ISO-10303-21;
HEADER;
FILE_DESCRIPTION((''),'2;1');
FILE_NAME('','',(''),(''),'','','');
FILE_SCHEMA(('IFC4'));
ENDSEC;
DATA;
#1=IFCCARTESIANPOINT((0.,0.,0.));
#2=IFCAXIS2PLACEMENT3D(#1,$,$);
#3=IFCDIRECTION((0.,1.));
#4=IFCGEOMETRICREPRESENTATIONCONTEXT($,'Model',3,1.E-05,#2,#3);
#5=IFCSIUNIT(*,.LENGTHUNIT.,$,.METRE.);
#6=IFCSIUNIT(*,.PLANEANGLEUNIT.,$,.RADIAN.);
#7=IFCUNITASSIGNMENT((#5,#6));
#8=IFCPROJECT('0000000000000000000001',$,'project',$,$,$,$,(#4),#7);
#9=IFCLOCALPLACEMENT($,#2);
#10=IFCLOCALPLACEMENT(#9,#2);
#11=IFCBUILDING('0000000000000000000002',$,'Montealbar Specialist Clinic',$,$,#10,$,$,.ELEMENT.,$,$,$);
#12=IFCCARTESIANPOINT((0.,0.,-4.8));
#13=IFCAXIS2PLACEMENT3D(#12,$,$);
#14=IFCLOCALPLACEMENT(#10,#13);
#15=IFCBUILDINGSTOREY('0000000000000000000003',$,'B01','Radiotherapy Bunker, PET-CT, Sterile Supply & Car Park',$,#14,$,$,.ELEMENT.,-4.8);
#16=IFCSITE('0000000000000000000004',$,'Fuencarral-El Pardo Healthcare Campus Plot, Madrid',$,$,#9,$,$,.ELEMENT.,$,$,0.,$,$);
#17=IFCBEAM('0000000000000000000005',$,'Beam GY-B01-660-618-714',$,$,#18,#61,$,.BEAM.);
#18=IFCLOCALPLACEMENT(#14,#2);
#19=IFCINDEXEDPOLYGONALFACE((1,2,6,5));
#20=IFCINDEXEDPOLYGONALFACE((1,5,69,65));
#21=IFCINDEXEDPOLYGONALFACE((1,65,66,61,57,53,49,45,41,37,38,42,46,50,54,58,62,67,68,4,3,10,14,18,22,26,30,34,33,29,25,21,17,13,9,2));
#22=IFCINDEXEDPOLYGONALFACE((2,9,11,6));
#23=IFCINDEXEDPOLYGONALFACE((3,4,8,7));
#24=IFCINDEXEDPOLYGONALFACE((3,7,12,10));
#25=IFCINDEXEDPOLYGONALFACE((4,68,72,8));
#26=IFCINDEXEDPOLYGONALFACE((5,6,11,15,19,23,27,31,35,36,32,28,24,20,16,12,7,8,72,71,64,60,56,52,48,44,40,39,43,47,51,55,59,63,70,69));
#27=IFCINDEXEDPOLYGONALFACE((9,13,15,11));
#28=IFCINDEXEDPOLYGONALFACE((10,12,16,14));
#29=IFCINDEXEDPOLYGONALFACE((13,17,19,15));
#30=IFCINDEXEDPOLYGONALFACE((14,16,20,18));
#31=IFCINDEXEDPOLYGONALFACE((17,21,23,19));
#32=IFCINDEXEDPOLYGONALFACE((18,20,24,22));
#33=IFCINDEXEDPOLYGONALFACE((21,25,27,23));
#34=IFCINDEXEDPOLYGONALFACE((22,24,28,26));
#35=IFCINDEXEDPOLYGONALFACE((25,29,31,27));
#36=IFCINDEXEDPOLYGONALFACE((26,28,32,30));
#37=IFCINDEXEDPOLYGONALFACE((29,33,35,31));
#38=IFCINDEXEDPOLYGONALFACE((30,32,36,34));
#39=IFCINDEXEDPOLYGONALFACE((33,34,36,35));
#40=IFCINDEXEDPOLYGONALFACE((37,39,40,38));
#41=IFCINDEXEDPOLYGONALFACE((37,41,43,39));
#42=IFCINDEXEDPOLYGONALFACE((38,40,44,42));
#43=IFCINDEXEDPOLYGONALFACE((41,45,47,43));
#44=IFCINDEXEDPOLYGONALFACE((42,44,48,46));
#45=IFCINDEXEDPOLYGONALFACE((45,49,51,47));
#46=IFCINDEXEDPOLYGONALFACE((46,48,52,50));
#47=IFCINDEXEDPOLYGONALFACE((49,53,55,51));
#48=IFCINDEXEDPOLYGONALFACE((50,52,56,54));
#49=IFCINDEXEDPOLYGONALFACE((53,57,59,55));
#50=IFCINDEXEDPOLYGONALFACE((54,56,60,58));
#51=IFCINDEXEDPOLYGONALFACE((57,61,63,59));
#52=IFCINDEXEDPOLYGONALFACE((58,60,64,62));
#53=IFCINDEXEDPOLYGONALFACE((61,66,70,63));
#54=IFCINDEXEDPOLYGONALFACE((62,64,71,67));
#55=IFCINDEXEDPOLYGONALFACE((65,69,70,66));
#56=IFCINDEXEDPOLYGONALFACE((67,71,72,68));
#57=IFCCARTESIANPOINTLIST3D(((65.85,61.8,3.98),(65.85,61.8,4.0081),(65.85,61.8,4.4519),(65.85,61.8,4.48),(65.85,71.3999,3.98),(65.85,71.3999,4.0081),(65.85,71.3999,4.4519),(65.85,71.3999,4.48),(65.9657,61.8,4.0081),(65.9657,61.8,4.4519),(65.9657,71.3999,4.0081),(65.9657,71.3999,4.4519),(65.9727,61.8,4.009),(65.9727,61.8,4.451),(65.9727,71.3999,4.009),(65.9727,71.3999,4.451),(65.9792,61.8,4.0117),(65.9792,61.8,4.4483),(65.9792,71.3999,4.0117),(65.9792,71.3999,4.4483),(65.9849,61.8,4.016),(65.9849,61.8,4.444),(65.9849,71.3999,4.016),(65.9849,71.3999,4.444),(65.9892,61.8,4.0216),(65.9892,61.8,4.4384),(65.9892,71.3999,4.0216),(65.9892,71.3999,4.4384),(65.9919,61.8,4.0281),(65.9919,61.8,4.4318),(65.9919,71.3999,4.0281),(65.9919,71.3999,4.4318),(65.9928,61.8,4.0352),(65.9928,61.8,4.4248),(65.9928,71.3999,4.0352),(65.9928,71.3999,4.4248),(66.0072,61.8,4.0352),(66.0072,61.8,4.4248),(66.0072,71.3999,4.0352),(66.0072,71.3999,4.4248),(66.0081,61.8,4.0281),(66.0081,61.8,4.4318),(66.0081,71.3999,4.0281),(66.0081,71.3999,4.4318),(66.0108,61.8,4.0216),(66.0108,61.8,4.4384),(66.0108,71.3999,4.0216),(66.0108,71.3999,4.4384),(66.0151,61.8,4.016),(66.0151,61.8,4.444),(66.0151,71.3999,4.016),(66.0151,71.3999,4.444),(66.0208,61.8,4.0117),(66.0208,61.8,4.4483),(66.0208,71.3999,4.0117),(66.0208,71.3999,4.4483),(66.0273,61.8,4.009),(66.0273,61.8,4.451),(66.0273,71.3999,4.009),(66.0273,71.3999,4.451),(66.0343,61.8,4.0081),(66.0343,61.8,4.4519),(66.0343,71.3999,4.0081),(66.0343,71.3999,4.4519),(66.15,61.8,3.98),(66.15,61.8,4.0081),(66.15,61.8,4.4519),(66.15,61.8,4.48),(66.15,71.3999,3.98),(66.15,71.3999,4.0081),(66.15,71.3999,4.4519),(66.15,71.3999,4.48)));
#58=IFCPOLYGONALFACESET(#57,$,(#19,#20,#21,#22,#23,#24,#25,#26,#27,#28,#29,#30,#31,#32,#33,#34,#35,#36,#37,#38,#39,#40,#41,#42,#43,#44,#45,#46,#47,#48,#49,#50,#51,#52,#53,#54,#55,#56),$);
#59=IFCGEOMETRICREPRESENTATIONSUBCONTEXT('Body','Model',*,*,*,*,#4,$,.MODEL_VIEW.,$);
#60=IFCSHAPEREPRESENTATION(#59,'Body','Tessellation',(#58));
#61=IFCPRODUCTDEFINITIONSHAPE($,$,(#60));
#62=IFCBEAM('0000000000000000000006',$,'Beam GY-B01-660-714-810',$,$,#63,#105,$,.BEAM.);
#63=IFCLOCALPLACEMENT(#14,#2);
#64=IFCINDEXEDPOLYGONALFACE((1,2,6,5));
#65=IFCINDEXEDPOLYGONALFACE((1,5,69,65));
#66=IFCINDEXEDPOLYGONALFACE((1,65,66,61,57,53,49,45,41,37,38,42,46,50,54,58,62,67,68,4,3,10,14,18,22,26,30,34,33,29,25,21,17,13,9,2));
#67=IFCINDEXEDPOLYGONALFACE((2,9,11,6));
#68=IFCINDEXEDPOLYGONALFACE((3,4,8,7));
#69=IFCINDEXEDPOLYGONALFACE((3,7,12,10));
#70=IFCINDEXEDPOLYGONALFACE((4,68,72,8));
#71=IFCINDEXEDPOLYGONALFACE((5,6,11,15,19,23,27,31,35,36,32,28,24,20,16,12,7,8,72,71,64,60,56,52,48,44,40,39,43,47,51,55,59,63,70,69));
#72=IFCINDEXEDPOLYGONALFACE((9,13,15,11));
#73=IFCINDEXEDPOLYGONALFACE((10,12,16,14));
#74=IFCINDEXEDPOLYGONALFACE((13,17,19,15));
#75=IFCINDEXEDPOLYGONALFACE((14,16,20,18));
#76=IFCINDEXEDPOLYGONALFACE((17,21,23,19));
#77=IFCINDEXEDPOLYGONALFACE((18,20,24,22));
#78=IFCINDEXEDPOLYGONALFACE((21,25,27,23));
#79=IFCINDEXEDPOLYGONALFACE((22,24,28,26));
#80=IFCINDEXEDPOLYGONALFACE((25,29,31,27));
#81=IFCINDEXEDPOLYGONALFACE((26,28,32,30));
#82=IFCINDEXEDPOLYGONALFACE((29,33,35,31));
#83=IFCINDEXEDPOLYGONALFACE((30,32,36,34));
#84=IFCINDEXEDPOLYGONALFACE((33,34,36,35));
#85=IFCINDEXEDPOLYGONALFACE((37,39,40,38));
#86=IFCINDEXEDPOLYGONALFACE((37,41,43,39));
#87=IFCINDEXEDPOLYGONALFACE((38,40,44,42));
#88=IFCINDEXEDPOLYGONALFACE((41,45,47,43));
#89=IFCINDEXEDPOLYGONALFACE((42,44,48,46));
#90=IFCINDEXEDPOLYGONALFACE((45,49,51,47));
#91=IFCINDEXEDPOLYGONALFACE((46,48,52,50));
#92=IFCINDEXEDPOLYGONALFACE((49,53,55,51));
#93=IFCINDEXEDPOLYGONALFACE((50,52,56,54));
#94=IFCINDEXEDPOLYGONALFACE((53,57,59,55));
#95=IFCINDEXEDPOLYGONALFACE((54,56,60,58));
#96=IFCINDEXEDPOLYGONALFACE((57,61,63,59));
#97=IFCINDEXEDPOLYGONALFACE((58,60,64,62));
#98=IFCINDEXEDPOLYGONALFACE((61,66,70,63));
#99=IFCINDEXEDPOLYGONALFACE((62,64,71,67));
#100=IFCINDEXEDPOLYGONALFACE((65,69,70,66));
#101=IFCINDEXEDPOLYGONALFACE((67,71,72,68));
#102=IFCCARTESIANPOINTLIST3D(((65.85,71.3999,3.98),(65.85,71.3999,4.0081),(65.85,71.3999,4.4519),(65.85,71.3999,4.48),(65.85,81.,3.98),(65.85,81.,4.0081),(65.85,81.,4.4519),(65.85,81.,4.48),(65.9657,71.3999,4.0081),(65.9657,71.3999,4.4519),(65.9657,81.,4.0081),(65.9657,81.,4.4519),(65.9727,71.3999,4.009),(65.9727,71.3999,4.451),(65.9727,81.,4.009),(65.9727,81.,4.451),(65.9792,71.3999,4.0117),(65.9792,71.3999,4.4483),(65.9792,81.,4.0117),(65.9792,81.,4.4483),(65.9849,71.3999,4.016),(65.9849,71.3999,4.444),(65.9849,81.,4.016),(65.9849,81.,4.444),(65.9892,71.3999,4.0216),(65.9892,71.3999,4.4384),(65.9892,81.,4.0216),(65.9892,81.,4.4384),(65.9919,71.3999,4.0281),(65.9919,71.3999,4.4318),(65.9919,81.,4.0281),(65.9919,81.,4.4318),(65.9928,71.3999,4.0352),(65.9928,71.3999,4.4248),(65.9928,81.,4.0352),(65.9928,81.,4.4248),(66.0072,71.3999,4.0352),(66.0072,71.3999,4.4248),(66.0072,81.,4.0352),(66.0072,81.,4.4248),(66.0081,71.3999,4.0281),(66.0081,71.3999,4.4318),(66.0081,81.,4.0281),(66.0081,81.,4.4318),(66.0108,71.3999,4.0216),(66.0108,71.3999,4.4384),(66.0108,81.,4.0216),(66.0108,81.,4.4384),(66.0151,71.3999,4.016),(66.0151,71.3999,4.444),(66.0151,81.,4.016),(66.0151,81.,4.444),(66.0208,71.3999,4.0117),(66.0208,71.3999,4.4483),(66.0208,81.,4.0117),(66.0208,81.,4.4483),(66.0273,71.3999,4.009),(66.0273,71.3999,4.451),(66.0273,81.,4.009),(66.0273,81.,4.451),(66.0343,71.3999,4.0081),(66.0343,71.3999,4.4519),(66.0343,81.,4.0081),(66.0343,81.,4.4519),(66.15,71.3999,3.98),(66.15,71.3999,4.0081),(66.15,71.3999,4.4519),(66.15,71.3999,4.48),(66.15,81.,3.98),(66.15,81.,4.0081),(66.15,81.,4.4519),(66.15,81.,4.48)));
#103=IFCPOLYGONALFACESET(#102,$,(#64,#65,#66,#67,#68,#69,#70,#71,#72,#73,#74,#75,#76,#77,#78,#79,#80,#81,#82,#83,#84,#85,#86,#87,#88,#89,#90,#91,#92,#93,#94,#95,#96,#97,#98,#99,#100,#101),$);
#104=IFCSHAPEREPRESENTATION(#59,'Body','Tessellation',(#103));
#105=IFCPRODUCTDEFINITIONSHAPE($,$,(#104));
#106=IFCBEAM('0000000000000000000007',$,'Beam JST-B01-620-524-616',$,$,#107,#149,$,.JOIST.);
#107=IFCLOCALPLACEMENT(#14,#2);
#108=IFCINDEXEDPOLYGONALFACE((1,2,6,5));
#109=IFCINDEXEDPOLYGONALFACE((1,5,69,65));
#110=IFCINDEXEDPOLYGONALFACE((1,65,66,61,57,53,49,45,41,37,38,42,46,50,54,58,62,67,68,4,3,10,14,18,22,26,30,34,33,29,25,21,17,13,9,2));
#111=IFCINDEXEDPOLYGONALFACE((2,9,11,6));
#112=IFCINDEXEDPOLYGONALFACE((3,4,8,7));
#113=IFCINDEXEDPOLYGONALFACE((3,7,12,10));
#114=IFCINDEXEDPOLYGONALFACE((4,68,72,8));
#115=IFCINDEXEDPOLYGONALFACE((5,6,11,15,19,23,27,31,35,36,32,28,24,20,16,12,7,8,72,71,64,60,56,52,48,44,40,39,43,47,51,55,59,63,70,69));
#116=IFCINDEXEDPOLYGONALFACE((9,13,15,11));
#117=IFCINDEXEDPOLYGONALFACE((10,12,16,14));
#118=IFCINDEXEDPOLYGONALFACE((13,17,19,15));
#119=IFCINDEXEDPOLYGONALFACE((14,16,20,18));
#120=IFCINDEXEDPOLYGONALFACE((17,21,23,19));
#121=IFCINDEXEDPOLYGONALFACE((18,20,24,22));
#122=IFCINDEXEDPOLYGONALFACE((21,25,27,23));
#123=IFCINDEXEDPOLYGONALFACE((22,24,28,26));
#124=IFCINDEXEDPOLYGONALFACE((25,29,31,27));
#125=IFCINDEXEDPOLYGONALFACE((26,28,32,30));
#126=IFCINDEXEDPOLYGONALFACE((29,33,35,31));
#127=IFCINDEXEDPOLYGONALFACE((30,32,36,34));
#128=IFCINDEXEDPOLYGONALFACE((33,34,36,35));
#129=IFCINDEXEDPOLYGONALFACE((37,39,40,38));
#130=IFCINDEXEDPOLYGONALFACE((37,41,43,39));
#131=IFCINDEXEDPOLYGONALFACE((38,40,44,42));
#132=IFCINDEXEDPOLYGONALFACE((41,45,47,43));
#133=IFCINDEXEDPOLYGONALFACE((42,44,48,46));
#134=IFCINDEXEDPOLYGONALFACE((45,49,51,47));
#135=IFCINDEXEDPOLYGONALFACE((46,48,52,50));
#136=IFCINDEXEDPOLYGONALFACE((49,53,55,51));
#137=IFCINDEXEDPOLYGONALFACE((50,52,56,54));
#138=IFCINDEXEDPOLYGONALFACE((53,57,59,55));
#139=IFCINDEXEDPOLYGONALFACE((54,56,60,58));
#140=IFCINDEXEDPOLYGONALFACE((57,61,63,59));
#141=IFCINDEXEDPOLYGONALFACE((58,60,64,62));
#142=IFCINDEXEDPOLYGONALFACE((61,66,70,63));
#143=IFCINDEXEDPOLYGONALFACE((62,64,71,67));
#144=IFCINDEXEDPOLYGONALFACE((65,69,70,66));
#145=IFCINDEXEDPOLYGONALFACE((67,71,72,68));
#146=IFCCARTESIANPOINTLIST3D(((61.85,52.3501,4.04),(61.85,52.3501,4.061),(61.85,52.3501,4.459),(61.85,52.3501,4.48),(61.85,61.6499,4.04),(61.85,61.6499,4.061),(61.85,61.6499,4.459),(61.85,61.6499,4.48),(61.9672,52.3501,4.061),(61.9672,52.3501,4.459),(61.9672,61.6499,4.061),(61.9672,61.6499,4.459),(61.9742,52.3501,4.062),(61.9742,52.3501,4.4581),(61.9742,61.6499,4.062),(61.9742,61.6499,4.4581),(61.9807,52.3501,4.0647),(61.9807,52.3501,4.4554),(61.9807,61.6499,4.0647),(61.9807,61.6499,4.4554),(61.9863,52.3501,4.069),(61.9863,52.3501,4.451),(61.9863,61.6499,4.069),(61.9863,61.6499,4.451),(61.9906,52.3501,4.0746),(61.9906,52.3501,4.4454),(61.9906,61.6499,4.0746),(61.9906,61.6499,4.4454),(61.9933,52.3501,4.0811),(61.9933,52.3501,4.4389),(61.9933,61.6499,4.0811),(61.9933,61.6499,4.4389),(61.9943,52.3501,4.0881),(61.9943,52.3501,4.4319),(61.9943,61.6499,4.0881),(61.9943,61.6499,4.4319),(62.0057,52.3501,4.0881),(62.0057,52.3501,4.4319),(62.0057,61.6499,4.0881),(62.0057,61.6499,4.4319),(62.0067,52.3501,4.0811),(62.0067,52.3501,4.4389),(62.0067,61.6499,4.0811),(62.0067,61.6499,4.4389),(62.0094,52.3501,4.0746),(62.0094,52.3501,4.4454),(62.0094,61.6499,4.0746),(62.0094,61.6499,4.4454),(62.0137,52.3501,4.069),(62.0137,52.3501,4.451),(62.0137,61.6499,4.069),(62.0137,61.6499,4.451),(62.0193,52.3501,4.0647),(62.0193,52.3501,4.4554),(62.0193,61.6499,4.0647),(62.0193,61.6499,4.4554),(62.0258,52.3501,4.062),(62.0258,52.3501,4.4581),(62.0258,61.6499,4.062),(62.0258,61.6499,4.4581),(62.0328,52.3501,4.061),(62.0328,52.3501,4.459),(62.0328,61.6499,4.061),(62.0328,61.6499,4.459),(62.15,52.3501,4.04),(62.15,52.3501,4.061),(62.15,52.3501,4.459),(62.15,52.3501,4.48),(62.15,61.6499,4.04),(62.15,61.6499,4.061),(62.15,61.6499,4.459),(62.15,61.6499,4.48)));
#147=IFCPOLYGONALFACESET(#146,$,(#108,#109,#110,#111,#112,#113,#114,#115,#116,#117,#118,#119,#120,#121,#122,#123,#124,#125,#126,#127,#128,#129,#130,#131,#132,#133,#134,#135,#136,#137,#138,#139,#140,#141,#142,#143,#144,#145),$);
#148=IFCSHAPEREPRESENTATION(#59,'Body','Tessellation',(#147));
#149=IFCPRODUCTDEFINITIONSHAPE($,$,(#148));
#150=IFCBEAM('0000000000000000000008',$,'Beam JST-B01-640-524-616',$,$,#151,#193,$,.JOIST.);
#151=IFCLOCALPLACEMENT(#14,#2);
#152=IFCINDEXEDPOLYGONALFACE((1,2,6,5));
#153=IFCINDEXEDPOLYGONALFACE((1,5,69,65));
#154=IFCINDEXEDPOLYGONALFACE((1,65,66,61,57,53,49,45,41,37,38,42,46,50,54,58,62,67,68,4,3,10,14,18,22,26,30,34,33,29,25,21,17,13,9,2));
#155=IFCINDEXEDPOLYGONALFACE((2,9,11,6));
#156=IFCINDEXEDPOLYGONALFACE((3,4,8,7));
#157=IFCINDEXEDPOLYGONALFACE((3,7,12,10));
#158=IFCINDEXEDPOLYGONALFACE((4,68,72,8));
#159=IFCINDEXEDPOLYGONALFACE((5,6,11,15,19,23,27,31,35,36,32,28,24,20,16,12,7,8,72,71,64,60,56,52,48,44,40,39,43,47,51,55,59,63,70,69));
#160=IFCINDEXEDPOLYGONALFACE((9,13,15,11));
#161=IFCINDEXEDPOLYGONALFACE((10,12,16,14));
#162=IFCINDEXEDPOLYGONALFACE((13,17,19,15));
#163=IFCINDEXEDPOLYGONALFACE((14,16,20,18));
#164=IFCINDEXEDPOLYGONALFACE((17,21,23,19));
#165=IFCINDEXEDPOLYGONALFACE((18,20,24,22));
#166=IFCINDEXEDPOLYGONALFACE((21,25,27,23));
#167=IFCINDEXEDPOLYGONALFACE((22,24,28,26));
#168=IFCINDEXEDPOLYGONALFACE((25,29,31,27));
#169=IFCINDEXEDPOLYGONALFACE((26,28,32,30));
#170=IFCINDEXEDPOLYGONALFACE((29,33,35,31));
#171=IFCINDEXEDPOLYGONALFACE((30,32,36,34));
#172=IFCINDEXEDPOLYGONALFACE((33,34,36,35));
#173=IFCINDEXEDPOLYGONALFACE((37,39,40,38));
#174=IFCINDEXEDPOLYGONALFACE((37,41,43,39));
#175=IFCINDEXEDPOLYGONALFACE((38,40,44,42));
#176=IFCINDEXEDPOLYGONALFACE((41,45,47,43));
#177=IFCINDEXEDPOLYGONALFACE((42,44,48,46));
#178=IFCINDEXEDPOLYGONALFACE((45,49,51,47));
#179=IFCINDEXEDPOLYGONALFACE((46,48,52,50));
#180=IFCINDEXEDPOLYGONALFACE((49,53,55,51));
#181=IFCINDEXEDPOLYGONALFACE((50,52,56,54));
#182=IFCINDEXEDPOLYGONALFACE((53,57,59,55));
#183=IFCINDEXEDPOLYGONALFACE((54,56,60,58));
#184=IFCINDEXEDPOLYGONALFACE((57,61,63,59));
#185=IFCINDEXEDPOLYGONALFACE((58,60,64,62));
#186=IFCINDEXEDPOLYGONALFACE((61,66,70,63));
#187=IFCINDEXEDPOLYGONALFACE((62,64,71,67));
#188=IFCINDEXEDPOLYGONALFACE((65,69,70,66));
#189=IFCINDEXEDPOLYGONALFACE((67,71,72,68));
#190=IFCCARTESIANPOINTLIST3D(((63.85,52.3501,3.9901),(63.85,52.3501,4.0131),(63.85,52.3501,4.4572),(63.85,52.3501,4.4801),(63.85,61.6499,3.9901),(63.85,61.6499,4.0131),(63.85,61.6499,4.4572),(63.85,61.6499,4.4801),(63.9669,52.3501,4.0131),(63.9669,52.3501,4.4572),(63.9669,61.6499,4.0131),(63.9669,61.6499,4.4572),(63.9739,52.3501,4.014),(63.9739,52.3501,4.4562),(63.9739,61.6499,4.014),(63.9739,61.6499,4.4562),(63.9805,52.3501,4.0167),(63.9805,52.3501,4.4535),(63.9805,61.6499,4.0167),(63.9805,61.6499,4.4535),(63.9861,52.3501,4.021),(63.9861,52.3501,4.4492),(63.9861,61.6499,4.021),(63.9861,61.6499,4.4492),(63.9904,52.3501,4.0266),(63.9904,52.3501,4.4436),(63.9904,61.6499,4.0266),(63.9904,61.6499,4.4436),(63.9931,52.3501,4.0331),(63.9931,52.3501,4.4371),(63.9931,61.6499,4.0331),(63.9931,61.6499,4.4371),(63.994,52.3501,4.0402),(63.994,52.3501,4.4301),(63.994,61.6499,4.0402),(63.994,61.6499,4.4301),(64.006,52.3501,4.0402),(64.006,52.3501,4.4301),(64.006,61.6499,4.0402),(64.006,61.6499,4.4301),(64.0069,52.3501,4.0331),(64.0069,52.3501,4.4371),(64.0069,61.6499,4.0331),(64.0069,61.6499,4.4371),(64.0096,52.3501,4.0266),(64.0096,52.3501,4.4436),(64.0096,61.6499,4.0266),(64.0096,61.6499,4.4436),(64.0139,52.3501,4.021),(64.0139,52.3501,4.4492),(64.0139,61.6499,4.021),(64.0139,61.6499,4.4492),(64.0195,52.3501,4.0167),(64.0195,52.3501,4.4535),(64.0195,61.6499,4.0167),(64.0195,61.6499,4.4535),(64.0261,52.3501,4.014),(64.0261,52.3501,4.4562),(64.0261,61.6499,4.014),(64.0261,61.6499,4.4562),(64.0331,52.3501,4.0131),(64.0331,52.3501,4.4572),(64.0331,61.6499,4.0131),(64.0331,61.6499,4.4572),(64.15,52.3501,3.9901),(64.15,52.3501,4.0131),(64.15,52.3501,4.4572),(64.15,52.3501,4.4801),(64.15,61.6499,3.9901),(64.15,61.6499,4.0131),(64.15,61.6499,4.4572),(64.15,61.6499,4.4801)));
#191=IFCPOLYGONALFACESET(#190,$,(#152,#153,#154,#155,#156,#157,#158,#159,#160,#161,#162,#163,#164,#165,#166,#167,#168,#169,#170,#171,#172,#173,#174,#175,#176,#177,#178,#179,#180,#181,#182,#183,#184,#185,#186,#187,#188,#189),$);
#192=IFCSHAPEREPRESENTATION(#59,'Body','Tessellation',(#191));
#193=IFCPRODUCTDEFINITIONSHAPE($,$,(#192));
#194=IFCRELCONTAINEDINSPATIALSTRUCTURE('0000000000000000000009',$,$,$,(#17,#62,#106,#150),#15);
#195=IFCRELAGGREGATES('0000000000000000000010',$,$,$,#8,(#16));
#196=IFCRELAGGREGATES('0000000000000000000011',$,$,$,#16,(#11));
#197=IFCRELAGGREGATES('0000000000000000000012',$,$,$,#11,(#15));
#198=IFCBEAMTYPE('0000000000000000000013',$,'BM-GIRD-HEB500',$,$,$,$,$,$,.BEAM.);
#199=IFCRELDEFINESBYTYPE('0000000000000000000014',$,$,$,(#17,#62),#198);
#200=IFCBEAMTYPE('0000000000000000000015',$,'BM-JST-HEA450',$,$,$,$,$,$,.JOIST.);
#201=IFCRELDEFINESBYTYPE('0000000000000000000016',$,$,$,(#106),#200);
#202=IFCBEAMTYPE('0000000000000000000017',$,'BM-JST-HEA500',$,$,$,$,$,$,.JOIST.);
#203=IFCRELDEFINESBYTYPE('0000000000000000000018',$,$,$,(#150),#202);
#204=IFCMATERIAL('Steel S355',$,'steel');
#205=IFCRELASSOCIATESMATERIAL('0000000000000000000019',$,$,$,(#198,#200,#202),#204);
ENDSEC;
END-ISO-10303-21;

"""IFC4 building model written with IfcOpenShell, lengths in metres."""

from ifc_helpers import new_model, si_unit, direction, frame, origin, origin_2d, place, context, subcontext, project, spatial, i_section, extrude, material, material_profile, profile_set, type_object, element, save


model = new_model("IFC4")

# Units and contexts
model_context = context("Model", 3, precision=1e-05, world=origin(), true_north=direction((0.0, 1.0)))
body_context = subcontext(model_context, "Body", "Model", "MODEL_VIEW")
ifc_project = project(units=[si_unit("LENGTHUNIT", "METRE"), si_unit("PLANEANGLEUNIT", "RADIAN")], contexts=[model_context])

# Site, building, storey
site_placement = place(None, origin())
site = spatial("IfcSite", under=ifc_project, at=site_placement, Name="Fuencarral-El Pardo Healthcare Campus Plot, Madrid", CompositionType="ELEMENT", RefElevation=0.0)
building_placement = place(site_placement, origin())
building = spatial("IfcBuilding", under=site, at=building_placement, Name="Montealbar Specialist Clinic", CompositionType="ELEMENT")
storey_placement = place(building_placement, frame((0.0, 0.0, -4.8)))
storey = spatial("IfcBuildingStorey", under=building, at=storey_placement, Name="B01", Description="Radiotherapy Bunker, PET-CT, Sterile Supply & Car Park", CompositionType="ELEMENT", Elevation=-4.8)

# Shared definitions
ifc_material_1 = material(Name="Steel S355", Category="steel")

# Beams
ifc_material_profile_1 = material_profile(ifc_material_1, i_section(OverallWidth=0.3, OverallDepth=0.5, WebThickness=0.0144, FlangeThickness=0.0281, FilletRadius=0.0271, at=origin_2d()), Name="HEB 500", Category="steel")
ifc_profile_set_1 = profile_set([ifc_material_profile_1], Name="Steel S355")
beam_type_1 = type_object("IfcBeamType", Name="BM-GIRD-HEB500", PredefinedType="BEAM", material=ifc_profile_set_1)
beam_1_placement = place(storey_placement, frame((66.0, 61.8, 4.23), z_axis=(0.0, 1.0, 0.0), x_axis=(-1.0, 0.0, 0.0)))
element("IfcBeam", 1, at=beam_1_placement, inside=storey, type_object=beam_type_1, Name="Beam GY-B01-660-618-714", PredefinedType="BEAM", context=body_context, shape_type="SweptSolid", body=[
    extrude(i_section(OverallWidth=0.3, OverallDepth=0.5, WebThickness=0.0144, FlangeThickness=0.0281, FilletRadius=0.0271, at=origin_2d()), origin(), (0.0, 0.0, 1.0), 9.5999),
])
beam_2_placement = place(storey_placement, frame((66.0, 71.3999, 4.23), z_axis=(0.0, 1.0, 0.0), x_axis=(-1.0, 0.0, 0.0)))
element("IfcBeam", 2, at=beam_2_placement, inside=storey, type_object=beam_type_1, Name="Beam GY-B01-660-714-810", PredefinedType="BEAM", context=body_context, shape_type="SweptSolid", body=[
    extrude(i_section(OverallWidth=0.3, OverallDepth=0.5, WebThickness=0.0144, FlangeThickness=0.0281, FilletRadius=0.0271, at=origin_2d()), origin(), (0.0, 0.0, 1.0), 9.6001),
])
ifc_material_profile_2 = material_profile(ifc_material_1, i_section(OverallWidth=0.3, OverallDepth=0.4399, WebThickness=0.0115, FlangeThickness=0.021, FilletRadius=0.0271, at=origin_2d()), Name="HEA 450", Category="steel")
ifc_profile_set_2 = profile_set([ifc_material_profile_2], Name="Steel S355")
beam_type_2 = type_object("IfcBeamType", Name="BM-JST-HEA450", PredefinedType="JOIST", material=ifc_profile_set_2)
beam_3_placement = place(storey_placement, frame((62.0, 52.3501, 4.26), z_axis=(0.0, 1.0, 0.0), x_axis=(-1.0, 0.0, 0.0)))
element("IfcBeam", 3, at=beam_3_placement, inside=storey, type_object=beam_type_2, Name="Beam JST-B01-620-524-616", PredefinedType="JOIST", context=body_context, shape_type="SweptSolid", body=[
    extrude(i_section(OverallWidth=0.3, OverallDepth=0.4399, WebThickness=0.0115, FlangeThickness=0.021, FilletRadius=0.0271, at=origin_2d()), origin(), (0.0, 0.0, 1.0), 9.2998),
])
ifc_material_profile_3 = material_profile(ifc_material_1, i_section(OverallWidth=0.3, OverallDepth=0.49, WebThickness=0.012, FlangeThickness=0.0229, FilletRadius=0.0271, at=origin_2d()), Name="HEA 500", Category="steel")
ifc_profile_set_3 = profile_set([ifc_material_profile_3], Name="Steel S355")
beam_type_3 = type_object("IfcBeamType", Name="BM-JST-HEA500", PredefinedType="JOIST", material=ifc_profile_set_3)
beam_4_placement = place(storey_placement, frame((64.0, 52.3501, 4.2351), z_axis=(0.0, 1.0, 0.0), x_axis=(-1.0, 0.0, 0.0)))
element("IfcBeam", 4, at=beam_4_placement, inside=storey, type_object=beam_type_3, Name="Beam JST-B01-640-524-616", PredefinedType="JOIST", context=body_context, shape_type="SweptSolid", body=[
    extrude(i_section(OverallWidth=0.3, OverallDepth=0.49, WebThickness=0.012, FlangeThickness=0.0229, FilletRadius=0.0271, at=origin_2d()), origin(), (0.0, 0.0, 1.0), 9.2998),
])

save(model, "model.ifc")
